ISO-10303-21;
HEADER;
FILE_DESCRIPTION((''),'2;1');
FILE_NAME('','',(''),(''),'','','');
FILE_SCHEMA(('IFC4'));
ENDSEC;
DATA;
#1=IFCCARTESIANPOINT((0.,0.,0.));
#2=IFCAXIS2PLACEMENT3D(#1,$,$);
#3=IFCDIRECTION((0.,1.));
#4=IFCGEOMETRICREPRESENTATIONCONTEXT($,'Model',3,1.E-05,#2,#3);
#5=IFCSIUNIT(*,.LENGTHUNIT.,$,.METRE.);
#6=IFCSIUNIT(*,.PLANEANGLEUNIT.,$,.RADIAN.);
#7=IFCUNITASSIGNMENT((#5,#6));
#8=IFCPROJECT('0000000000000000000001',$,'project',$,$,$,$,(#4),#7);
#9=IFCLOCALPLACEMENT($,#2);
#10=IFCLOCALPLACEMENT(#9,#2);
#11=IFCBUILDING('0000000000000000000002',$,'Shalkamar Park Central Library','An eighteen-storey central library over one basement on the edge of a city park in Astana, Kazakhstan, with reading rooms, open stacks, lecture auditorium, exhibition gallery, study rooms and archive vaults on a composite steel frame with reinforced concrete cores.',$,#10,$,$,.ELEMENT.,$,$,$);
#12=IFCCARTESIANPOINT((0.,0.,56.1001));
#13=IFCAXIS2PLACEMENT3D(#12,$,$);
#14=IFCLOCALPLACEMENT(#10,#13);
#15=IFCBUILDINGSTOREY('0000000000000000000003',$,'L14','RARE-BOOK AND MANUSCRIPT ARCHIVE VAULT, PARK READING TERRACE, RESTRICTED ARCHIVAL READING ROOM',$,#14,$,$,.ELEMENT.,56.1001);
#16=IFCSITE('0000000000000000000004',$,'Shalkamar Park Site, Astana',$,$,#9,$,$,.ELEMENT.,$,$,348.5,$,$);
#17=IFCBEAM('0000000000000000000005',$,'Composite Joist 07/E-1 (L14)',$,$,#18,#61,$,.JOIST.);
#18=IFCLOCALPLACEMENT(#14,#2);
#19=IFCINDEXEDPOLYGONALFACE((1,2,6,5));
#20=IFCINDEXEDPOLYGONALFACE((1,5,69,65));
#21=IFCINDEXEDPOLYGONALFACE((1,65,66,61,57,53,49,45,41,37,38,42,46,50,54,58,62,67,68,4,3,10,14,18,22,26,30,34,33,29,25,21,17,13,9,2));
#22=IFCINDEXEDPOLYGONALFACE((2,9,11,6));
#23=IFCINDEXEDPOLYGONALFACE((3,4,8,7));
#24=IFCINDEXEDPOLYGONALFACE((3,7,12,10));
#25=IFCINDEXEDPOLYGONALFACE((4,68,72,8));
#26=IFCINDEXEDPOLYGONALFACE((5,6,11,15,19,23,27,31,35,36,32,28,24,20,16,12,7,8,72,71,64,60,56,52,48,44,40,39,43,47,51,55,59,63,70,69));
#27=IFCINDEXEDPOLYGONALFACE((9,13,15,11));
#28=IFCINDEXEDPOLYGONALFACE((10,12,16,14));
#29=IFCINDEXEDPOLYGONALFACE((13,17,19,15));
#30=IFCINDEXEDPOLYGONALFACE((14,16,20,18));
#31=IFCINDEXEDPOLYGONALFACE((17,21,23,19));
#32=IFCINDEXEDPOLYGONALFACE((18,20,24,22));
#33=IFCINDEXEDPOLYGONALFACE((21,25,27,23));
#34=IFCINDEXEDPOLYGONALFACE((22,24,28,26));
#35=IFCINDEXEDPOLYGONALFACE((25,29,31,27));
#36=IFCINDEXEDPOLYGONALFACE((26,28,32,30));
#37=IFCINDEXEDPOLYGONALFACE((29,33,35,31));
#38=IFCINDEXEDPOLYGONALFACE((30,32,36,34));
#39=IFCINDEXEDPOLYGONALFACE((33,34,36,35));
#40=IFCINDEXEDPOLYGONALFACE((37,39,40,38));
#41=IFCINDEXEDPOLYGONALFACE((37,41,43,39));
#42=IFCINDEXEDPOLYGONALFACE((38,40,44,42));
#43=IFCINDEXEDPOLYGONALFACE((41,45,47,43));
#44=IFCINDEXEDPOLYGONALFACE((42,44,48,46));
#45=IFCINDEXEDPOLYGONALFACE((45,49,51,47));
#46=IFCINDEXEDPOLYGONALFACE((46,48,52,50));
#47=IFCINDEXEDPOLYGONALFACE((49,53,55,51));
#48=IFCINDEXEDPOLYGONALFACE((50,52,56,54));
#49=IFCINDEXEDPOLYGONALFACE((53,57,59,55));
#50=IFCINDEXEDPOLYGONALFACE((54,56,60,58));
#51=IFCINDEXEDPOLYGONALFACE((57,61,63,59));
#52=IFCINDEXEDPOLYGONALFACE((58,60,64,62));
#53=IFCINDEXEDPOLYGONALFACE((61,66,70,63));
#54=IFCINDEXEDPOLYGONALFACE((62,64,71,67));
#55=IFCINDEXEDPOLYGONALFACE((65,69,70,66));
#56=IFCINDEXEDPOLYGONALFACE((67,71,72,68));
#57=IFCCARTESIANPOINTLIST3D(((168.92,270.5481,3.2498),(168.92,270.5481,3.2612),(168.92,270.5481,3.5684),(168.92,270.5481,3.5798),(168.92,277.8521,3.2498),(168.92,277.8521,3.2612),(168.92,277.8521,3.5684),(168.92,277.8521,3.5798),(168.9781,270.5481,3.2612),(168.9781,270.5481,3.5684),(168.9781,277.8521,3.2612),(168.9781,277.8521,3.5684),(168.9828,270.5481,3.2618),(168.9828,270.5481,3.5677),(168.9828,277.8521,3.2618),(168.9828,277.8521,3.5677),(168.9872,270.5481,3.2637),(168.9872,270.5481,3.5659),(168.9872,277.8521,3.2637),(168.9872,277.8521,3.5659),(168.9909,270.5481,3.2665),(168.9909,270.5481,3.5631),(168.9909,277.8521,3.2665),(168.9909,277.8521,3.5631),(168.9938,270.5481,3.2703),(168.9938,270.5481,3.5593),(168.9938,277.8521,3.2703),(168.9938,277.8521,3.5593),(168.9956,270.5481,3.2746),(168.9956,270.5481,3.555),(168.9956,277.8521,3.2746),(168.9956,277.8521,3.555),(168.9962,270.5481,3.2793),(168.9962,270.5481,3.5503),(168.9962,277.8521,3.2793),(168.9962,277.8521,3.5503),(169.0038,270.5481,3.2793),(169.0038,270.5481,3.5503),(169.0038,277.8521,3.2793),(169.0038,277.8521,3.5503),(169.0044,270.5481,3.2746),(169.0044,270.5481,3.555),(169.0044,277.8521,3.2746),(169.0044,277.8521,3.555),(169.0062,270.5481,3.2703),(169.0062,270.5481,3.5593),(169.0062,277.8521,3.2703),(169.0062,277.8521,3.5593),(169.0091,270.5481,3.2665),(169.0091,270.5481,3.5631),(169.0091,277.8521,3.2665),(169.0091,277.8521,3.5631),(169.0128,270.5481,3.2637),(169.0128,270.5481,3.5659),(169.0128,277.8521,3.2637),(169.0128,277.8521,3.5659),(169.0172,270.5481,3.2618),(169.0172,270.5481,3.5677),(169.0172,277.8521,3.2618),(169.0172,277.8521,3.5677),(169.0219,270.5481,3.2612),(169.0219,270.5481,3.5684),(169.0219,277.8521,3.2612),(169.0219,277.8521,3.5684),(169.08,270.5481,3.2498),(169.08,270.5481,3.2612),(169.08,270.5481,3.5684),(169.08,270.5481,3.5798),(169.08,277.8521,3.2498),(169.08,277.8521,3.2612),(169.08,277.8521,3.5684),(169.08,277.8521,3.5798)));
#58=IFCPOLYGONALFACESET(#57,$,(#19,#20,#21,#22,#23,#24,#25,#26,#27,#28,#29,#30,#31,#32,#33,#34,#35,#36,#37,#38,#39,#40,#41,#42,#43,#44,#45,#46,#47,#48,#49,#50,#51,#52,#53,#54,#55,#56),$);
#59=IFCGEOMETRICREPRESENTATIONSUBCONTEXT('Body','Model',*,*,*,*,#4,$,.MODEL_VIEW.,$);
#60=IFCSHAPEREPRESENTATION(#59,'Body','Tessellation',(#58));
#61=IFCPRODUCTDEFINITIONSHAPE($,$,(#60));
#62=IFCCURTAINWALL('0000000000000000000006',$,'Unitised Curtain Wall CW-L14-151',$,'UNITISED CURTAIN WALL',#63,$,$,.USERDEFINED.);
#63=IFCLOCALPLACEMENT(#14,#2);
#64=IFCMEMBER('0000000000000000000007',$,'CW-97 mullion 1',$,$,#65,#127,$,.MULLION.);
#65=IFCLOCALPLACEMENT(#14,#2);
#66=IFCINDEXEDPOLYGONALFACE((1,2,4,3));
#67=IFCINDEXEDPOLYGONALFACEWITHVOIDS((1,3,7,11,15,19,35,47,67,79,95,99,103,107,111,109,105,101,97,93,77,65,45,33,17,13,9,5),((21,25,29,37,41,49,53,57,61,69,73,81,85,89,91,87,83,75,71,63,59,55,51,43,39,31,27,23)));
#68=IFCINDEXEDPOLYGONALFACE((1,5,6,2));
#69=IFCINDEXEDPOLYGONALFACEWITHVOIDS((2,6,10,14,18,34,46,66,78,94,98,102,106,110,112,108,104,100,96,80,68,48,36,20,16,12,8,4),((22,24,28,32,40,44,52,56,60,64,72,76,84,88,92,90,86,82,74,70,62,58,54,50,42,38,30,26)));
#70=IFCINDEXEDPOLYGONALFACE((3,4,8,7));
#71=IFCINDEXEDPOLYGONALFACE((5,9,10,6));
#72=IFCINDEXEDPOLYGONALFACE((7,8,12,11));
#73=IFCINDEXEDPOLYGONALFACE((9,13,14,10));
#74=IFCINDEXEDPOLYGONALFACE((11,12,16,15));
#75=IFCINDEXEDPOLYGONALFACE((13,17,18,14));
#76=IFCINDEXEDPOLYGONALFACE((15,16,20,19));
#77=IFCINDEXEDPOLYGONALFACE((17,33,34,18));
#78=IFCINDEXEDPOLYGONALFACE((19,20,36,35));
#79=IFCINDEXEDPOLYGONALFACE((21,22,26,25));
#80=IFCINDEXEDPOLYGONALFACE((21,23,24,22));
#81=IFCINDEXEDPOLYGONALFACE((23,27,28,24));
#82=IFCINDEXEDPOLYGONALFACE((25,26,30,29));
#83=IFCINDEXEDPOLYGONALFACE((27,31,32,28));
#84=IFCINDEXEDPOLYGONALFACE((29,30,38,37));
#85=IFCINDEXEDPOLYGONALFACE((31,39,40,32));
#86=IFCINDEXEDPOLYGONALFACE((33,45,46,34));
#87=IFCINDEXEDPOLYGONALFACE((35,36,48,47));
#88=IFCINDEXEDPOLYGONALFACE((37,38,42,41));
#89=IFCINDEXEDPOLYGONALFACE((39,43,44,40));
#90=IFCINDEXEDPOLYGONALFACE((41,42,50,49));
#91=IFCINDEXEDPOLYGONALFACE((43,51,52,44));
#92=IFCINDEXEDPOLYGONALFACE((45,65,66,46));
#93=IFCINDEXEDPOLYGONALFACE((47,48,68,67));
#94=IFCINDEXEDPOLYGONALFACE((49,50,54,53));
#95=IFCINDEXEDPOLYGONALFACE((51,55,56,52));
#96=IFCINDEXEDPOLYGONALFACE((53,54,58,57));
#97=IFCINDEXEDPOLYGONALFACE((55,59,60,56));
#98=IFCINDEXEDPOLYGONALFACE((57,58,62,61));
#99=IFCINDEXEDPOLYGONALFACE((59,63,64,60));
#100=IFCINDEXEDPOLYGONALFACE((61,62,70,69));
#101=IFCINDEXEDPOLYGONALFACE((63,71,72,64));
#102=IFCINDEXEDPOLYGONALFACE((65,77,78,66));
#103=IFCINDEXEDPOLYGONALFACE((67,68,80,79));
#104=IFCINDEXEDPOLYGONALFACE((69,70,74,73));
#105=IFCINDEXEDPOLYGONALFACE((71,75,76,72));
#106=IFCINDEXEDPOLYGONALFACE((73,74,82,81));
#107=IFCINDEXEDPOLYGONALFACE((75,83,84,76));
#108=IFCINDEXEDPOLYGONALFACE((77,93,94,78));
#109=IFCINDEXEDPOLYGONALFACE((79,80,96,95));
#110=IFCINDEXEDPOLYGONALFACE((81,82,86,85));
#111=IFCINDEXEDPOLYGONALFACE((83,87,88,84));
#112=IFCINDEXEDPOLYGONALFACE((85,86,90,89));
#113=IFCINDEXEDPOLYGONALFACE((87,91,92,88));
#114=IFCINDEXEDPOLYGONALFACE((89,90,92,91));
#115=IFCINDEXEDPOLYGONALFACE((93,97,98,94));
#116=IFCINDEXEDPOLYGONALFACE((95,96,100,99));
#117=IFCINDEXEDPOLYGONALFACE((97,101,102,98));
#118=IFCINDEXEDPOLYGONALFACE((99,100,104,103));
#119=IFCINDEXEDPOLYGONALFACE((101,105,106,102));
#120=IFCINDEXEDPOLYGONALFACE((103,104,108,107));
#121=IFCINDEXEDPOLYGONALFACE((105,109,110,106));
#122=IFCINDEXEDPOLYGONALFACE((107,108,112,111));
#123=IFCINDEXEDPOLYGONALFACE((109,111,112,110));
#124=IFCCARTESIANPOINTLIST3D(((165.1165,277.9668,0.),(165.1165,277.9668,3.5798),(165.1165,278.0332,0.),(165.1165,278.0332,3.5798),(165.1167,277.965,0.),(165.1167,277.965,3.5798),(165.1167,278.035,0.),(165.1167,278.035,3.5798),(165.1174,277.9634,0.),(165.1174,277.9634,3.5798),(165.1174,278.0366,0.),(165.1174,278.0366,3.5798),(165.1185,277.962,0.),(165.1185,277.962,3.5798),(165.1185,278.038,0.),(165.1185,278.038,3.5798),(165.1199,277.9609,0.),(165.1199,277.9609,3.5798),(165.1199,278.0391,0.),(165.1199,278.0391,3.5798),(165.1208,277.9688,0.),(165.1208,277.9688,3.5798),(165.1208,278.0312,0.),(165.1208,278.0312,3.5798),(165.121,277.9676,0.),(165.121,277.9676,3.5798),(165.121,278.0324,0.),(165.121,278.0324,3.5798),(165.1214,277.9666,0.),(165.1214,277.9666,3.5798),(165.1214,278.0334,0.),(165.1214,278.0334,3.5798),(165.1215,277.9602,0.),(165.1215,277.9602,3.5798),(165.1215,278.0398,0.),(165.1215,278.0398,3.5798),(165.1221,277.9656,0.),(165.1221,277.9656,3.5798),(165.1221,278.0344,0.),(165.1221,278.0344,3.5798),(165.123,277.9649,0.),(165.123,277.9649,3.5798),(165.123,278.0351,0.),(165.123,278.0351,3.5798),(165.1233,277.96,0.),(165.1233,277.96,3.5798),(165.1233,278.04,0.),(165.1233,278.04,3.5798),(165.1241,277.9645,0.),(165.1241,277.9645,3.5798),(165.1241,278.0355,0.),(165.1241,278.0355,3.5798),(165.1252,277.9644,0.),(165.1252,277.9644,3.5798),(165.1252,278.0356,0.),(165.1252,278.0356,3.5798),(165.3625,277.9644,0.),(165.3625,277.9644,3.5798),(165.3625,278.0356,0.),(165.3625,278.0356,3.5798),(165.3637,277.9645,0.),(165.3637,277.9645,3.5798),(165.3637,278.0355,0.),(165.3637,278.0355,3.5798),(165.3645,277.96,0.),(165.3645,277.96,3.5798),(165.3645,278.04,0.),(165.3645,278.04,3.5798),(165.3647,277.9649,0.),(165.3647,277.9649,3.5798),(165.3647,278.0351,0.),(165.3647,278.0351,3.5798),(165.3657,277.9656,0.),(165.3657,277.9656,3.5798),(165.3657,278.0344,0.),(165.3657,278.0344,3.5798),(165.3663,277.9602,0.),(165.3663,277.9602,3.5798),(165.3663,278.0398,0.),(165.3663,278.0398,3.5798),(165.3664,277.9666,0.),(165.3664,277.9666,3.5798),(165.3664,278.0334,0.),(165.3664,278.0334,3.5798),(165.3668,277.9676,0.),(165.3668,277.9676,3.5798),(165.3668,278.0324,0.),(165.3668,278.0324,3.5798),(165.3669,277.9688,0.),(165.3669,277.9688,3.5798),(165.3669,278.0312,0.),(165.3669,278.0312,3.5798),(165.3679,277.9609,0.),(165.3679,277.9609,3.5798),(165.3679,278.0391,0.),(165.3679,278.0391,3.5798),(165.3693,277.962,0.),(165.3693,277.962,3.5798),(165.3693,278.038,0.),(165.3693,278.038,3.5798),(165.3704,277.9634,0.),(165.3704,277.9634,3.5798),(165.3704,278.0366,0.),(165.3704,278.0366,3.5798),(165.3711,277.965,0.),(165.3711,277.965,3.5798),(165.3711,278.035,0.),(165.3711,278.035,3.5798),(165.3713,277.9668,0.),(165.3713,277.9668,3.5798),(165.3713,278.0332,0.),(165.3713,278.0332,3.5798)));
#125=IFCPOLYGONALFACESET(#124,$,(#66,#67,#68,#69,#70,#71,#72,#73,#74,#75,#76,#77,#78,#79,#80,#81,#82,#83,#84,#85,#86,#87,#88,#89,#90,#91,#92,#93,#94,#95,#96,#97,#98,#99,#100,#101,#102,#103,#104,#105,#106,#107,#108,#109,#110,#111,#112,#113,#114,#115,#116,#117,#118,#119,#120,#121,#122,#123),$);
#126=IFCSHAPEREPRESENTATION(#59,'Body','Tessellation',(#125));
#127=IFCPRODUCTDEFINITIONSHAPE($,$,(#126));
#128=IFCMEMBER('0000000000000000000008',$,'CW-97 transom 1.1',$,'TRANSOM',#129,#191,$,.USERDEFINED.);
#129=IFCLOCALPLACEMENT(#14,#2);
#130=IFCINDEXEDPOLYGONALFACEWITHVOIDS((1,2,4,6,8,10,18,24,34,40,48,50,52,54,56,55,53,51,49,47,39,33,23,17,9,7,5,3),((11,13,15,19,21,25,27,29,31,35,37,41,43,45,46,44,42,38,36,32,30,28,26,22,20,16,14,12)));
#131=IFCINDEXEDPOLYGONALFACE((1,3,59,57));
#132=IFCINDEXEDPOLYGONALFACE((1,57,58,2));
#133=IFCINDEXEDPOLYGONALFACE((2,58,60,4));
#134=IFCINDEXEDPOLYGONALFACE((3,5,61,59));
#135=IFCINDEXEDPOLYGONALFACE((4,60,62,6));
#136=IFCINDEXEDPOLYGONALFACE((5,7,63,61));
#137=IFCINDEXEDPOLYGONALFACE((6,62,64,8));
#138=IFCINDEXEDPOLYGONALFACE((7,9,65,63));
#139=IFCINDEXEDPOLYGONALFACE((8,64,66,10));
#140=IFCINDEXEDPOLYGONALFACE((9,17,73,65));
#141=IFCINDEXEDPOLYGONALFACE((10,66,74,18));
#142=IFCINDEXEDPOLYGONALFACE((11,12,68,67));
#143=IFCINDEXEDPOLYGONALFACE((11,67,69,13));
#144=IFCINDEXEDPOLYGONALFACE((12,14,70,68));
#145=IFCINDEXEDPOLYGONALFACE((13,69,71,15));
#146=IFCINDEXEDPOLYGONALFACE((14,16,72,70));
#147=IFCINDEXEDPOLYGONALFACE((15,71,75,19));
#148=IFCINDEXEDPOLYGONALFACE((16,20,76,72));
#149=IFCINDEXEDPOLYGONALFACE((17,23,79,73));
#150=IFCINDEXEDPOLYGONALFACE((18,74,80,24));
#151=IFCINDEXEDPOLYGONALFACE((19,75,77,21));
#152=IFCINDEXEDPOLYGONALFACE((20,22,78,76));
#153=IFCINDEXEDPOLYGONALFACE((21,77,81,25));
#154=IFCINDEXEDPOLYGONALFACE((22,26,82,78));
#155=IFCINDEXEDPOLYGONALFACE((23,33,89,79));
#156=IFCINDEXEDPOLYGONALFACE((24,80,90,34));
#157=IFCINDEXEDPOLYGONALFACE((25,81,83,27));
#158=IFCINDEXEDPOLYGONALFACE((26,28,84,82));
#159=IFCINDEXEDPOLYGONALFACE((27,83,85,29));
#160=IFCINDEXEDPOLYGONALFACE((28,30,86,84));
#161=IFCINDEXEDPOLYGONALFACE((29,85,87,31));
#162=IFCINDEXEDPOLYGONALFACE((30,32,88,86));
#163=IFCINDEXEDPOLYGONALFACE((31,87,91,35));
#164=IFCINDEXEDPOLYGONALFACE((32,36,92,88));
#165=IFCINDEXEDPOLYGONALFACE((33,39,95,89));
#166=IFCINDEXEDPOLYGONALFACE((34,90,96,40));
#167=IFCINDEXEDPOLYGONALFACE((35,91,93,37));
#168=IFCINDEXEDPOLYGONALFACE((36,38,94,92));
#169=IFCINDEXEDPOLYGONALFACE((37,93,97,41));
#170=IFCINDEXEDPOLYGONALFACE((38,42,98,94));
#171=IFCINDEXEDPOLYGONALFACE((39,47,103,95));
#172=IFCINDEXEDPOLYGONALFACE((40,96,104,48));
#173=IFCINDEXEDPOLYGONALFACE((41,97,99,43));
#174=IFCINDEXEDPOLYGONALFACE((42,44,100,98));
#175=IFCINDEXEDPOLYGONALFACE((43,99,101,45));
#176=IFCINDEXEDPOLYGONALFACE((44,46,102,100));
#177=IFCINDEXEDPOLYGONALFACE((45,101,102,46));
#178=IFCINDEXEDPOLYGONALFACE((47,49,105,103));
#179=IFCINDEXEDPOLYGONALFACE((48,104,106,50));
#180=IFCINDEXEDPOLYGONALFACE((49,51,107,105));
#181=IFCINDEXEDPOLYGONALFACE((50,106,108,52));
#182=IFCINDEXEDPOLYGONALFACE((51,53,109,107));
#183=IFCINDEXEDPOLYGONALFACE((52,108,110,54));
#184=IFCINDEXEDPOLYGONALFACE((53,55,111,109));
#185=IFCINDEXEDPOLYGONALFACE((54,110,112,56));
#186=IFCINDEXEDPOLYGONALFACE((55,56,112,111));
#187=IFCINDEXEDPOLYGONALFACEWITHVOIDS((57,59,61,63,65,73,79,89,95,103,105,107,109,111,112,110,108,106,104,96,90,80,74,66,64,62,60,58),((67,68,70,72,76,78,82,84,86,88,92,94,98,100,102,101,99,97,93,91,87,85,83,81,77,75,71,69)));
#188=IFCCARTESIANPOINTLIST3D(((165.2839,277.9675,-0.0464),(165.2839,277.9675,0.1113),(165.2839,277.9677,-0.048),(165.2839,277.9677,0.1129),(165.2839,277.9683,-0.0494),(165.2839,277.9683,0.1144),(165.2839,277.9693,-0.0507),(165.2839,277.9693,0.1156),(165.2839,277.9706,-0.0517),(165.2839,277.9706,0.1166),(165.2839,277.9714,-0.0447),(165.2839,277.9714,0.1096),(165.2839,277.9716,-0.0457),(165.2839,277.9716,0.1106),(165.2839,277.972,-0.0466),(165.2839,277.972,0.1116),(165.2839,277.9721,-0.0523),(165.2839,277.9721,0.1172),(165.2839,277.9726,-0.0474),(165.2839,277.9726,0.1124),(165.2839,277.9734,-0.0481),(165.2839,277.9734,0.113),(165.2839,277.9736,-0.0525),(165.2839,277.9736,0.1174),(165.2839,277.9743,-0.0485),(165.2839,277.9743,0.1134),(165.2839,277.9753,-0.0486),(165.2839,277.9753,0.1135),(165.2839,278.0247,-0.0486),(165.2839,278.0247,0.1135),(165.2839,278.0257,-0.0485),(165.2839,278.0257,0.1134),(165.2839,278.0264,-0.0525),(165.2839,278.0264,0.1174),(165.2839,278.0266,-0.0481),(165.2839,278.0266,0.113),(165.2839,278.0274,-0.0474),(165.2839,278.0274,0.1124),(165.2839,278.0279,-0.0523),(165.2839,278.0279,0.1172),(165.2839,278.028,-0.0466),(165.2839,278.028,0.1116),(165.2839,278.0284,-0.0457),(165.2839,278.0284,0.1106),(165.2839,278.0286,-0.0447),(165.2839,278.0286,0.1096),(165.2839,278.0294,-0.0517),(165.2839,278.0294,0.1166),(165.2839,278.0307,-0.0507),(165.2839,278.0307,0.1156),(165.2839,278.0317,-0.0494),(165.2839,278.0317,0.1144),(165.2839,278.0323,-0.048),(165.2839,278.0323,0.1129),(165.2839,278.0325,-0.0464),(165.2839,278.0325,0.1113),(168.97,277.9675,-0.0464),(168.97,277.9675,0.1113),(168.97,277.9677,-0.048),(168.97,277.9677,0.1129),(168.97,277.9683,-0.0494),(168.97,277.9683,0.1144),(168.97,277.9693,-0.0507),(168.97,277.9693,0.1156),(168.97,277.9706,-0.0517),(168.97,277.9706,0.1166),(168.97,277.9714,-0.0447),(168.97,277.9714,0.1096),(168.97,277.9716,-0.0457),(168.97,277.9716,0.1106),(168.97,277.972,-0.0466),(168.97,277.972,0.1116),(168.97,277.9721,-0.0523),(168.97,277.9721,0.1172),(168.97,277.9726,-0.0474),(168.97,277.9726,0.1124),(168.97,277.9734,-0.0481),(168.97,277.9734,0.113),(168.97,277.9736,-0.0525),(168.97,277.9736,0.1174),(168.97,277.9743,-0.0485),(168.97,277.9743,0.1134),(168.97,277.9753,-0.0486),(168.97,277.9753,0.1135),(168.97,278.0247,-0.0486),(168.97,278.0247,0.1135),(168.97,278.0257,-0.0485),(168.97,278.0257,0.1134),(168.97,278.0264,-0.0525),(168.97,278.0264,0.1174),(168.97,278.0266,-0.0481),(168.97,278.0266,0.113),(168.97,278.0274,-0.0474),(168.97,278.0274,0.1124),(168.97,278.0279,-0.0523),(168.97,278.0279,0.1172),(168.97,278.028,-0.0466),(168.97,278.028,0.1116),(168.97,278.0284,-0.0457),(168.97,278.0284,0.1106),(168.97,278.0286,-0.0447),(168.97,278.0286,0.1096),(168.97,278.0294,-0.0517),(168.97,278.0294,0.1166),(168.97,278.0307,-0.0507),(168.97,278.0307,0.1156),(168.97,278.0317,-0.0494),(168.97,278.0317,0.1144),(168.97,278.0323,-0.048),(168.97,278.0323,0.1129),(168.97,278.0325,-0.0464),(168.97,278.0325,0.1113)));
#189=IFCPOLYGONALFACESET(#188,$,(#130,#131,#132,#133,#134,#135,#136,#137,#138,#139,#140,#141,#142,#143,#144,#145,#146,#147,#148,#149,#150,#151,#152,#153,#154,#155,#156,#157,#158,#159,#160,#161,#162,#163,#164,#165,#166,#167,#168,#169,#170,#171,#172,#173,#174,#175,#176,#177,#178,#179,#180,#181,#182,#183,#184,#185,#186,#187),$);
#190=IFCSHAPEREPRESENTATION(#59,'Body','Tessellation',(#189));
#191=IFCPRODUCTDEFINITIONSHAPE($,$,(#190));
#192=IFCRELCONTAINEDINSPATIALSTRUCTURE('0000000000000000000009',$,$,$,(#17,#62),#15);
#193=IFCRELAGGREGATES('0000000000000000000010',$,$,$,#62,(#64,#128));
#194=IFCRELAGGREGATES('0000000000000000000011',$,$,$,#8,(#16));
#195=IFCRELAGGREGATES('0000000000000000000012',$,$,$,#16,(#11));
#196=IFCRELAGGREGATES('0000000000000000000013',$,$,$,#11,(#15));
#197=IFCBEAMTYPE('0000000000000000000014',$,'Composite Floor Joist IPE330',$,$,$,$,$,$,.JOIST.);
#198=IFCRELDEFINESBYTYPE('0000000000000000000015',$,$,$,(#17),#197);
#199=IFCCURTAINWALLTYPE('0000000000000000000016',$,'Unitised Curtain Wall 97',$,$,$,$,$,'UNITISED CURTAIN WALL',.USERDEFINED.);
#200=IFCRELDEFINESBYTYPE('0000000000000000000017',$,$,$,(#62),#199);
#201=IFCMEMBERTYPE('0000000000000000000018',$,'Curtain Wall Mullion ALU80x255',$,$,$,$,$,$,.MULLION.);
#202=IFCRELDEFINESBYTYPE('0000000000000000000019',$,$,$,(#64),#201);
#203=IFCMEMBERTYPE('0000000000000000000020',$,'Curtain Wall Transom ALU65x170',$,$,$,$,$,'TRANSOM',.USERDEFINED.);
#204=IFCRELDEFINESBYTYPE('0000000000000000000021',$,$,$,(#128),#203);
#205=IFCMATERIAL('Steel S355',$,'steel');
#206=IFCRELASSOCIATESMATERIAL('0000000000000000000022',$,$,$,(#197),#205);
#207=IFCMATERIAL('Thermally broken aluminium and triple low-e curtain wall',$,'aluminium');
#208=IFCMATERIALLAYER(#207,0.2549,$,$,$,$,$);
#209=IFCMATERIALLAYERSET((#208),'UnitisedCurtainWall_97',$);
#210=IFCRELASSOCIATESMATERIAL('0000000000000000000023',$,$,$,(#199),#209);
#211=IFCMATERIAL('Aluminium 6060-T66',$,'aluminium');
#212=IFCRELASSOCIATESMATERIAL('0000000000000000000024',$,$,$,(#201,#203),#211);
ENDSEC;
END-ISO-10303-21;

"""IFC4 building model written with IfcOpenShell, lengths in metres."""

from ifc_helpers import new_model, si_unit, direction, frame, origin, origin_2d, place, context, subcontext, project, spatial, hollow_rectangle, i_section, extrude, material, layer, layer_set, material_profile, profile_set, type_object, element, aggregate, save


model = new_model("IFC4")

# Units and contexts
model_context = context("Model", 3, precision=1e-05, world=origin(), true_north=direction((0.0, 1.0)))
body_context = subcontext(model_context, "Body", "Model", "MODEL_VIEW")
ifc_project = project(units=[si_unit("LENGTHUNIT", "METRE"), si_unit("PLANEANGLEUNIT", "RADIAN")], contexts=[model_context])

# Site, building, storey
site_placement = place(None, origin())
site = spatial("IfcSite", under=ifc_project, at=site_placement, Name="Shalkamar Park Site, Astana", CompositionType="ELEMENT", RefElevation=348.5)
building_placement = place(site_placement, origin())
building = spatial("IfcBuilding", under=site, at=building_placement, Name="Shalkamar Park Central Library", Description="An eighteen-storey central library over one basement on the edge of a city park in Astana, Kazakhstan, with reading rooms, open stacks, lecture auditorium, exhibition gallery, study rooms and archive vaults on a composite steel frame with reinforced concrete cores.", CompositionType="ELEMENT")
storey_placement = place(building_placement, frame((0.0, 0.0, 56.1001)))
storey = spatial("IfcBuildingStorey", under=building, at=storey_placement, Name="L14", Description="RARE-BOOK AND MANUSCRIPT ARCHIVE VAULT, PARK READING TERRACE, RESTRICTED ARCHIVAL READING ROOM", CompositionType="ELEMENT", Elevation=56.1001)

# Shared definitions
ifc_material_1 = material(Name="Steel S355", Category="steel")

# Beam
ifc_material_profile_1 = material_profile(ifc_material_1, i_section(OverallWidth=0.1599, OverallDepth=0.3301, WebThickness=0.0076, FlangeThickness=0.0115, FilletRadius=0.0181, at=origin_2d()), Name="IPE 330")
ifc_profile_set_1 = profile_set([ifc_material_profile_1], Name="Steel S355")
beam_type_1 = type_object("IfcBeamType", Name="Composite Floor Joist IPE330", PredefinedType="JOIST", material=ifc_profile_set_1)
beam_1_placement = place(storey_placement, frame((169.0, 270.5481, 3.4148), z_axis=(0.0, 1.0, 0.0), x_axis=(-1.0, 0.0, 0.0)))
element("IfcBeam", 1, at=beam_1_placement, inside=storey, type_object=beam_type_1, Name="Composite Joist 07/E-1 (L14)", PredefinedType="JOIST", context=body_context, shape_type="SweptSolid", body=[
    extrude(i_section(OverallWidth=0.1599, OverallDepth=0.3301, WebThickness=0.0076, FlangeThickness=0.0115, FilletRadius=0.0181, at=origin_2d()), origin(), (0.0, 0.0, 1.0), 7.304),
])

# Curtain wall, members
ifc_material_2 = material(Name="Thermally broken aluminium and triple low-e curtain wall", Category="aluminium")
ifc_layer_1 = layer(ifc_material_2, 0.2549)
ifc_layer_set_1 = layer_set([ifc_layer_1], Name="UnitisedCurtainWall_97")
curtain_wall_type = type_object("IfcCurtainWallType", Name="Unitised Curtain Wall 97", ElementType="UNITISED CURTAIN WALL", PredefinedType="USERDEFINED", material=ifc_layer_set_1)
curtain_wall_placement = place(storey_placement, origin())
curtain_wall = element("IfcCurtainWall", 2, at=curtain_wall_placement, inside=storey, type_object=curtain_wall_type, Name="Unitised Curtain Wall CW-L14-151", ObjectType="UNITISED CURTAIN WALL", PredefinedType="USERDEFINED")
ifc_material_3 = material(Name="Aluminium 6060-T66", Category="aluminium")
ifc_material_profile_2 = material_profile(ifc_material_3, hollow_rectangle(XDim=0.0801, YDim=0.2549, WallThickness=0.0044, InnerFilletRadius=0.0044, OuterFilletRadius=0.0068, at=origin_2d()), Name="ALU 80x255x4.5")
ifc_profile_set_2 = profile_set([ifc_material_profile_2], Name="Aluminium 6060-T66")
member_type_1 = type_object("IfcMemberType", Name="Curtain Wall Mullion ALU80x255", PredefinedType="MULLION", material=ifc_profile_set_2)
member_1_placement = place(storey_placement, frame((165.2439, 278.0, 0.0), z_axis=(0.0, 0.0, 1.0), x_axis=(0.0, 1.0, 0.0)))
member_1 = element("IfcMember", 3, at=member_1_placement, type_object=member_type_1, Name="CW-97 mullion 1", PredefinedType="MULLION", context=body_context, shape_type="SweptSolid", body=[
    extrude(hollow_rectangle(XDim=0.0801, YDim=0.2549, WallThickness=0.0044, InnerFilletRadius=0.0044, OuterFilletRadius=0.0068, at=origin_2d()), origin(), (0.0, 0.0, 1.0), 3.5798),
])
ifc_material_profile_3 = material_profile(ifc_material_3, hollow_rectangle(XDim=0.0649, YDim=0.1699, WallThickness=0.0039, InnerFilletRadius=0.0039, OuterFilletRadius=0.0061, at=origin_2d()), Name="ALU 65x170x4")
ifc_profile_set_3 = profile_set([ifc_material_profile_3], Name="Aluminium 6060-T66")
member_type_2 = type_object("IfcMemberType", Name="Curtain Wall Transom ALU65x170", ElementType="TRANSOM", PredefinedType="USERDEFINED", material=ifc_profile_set_3)
member_2_placement = place(storey_placement, frame((165.2839, 278.0, 0.0325), z_axis=(1.0, 0.0, 0.0), x_axis=(0.0, 1.0, 0.0)))
member_2 = element("IfcMember", 4, at=member_2_placement, type_object=member_type_2, Name="CW-97 transom 1.1", ObjectType="TRANSOM", PredefinedType="USERDEFINED", context=body_context, shape_type="SweptSolid", body=[
    extrude(hollow_rectangle(XDim=0.0649, YDim=0.1699, WallThickness=0.0039, InnerFilletRadius=0.0039, OuterFilletRadius=0.0061, at=origin_2d()), origin(), (0.0, 0.0, 1.0), 3.686),
])
aggregate(curtain_wall, [member_1, member_2])

save(model, "model.ifc")
